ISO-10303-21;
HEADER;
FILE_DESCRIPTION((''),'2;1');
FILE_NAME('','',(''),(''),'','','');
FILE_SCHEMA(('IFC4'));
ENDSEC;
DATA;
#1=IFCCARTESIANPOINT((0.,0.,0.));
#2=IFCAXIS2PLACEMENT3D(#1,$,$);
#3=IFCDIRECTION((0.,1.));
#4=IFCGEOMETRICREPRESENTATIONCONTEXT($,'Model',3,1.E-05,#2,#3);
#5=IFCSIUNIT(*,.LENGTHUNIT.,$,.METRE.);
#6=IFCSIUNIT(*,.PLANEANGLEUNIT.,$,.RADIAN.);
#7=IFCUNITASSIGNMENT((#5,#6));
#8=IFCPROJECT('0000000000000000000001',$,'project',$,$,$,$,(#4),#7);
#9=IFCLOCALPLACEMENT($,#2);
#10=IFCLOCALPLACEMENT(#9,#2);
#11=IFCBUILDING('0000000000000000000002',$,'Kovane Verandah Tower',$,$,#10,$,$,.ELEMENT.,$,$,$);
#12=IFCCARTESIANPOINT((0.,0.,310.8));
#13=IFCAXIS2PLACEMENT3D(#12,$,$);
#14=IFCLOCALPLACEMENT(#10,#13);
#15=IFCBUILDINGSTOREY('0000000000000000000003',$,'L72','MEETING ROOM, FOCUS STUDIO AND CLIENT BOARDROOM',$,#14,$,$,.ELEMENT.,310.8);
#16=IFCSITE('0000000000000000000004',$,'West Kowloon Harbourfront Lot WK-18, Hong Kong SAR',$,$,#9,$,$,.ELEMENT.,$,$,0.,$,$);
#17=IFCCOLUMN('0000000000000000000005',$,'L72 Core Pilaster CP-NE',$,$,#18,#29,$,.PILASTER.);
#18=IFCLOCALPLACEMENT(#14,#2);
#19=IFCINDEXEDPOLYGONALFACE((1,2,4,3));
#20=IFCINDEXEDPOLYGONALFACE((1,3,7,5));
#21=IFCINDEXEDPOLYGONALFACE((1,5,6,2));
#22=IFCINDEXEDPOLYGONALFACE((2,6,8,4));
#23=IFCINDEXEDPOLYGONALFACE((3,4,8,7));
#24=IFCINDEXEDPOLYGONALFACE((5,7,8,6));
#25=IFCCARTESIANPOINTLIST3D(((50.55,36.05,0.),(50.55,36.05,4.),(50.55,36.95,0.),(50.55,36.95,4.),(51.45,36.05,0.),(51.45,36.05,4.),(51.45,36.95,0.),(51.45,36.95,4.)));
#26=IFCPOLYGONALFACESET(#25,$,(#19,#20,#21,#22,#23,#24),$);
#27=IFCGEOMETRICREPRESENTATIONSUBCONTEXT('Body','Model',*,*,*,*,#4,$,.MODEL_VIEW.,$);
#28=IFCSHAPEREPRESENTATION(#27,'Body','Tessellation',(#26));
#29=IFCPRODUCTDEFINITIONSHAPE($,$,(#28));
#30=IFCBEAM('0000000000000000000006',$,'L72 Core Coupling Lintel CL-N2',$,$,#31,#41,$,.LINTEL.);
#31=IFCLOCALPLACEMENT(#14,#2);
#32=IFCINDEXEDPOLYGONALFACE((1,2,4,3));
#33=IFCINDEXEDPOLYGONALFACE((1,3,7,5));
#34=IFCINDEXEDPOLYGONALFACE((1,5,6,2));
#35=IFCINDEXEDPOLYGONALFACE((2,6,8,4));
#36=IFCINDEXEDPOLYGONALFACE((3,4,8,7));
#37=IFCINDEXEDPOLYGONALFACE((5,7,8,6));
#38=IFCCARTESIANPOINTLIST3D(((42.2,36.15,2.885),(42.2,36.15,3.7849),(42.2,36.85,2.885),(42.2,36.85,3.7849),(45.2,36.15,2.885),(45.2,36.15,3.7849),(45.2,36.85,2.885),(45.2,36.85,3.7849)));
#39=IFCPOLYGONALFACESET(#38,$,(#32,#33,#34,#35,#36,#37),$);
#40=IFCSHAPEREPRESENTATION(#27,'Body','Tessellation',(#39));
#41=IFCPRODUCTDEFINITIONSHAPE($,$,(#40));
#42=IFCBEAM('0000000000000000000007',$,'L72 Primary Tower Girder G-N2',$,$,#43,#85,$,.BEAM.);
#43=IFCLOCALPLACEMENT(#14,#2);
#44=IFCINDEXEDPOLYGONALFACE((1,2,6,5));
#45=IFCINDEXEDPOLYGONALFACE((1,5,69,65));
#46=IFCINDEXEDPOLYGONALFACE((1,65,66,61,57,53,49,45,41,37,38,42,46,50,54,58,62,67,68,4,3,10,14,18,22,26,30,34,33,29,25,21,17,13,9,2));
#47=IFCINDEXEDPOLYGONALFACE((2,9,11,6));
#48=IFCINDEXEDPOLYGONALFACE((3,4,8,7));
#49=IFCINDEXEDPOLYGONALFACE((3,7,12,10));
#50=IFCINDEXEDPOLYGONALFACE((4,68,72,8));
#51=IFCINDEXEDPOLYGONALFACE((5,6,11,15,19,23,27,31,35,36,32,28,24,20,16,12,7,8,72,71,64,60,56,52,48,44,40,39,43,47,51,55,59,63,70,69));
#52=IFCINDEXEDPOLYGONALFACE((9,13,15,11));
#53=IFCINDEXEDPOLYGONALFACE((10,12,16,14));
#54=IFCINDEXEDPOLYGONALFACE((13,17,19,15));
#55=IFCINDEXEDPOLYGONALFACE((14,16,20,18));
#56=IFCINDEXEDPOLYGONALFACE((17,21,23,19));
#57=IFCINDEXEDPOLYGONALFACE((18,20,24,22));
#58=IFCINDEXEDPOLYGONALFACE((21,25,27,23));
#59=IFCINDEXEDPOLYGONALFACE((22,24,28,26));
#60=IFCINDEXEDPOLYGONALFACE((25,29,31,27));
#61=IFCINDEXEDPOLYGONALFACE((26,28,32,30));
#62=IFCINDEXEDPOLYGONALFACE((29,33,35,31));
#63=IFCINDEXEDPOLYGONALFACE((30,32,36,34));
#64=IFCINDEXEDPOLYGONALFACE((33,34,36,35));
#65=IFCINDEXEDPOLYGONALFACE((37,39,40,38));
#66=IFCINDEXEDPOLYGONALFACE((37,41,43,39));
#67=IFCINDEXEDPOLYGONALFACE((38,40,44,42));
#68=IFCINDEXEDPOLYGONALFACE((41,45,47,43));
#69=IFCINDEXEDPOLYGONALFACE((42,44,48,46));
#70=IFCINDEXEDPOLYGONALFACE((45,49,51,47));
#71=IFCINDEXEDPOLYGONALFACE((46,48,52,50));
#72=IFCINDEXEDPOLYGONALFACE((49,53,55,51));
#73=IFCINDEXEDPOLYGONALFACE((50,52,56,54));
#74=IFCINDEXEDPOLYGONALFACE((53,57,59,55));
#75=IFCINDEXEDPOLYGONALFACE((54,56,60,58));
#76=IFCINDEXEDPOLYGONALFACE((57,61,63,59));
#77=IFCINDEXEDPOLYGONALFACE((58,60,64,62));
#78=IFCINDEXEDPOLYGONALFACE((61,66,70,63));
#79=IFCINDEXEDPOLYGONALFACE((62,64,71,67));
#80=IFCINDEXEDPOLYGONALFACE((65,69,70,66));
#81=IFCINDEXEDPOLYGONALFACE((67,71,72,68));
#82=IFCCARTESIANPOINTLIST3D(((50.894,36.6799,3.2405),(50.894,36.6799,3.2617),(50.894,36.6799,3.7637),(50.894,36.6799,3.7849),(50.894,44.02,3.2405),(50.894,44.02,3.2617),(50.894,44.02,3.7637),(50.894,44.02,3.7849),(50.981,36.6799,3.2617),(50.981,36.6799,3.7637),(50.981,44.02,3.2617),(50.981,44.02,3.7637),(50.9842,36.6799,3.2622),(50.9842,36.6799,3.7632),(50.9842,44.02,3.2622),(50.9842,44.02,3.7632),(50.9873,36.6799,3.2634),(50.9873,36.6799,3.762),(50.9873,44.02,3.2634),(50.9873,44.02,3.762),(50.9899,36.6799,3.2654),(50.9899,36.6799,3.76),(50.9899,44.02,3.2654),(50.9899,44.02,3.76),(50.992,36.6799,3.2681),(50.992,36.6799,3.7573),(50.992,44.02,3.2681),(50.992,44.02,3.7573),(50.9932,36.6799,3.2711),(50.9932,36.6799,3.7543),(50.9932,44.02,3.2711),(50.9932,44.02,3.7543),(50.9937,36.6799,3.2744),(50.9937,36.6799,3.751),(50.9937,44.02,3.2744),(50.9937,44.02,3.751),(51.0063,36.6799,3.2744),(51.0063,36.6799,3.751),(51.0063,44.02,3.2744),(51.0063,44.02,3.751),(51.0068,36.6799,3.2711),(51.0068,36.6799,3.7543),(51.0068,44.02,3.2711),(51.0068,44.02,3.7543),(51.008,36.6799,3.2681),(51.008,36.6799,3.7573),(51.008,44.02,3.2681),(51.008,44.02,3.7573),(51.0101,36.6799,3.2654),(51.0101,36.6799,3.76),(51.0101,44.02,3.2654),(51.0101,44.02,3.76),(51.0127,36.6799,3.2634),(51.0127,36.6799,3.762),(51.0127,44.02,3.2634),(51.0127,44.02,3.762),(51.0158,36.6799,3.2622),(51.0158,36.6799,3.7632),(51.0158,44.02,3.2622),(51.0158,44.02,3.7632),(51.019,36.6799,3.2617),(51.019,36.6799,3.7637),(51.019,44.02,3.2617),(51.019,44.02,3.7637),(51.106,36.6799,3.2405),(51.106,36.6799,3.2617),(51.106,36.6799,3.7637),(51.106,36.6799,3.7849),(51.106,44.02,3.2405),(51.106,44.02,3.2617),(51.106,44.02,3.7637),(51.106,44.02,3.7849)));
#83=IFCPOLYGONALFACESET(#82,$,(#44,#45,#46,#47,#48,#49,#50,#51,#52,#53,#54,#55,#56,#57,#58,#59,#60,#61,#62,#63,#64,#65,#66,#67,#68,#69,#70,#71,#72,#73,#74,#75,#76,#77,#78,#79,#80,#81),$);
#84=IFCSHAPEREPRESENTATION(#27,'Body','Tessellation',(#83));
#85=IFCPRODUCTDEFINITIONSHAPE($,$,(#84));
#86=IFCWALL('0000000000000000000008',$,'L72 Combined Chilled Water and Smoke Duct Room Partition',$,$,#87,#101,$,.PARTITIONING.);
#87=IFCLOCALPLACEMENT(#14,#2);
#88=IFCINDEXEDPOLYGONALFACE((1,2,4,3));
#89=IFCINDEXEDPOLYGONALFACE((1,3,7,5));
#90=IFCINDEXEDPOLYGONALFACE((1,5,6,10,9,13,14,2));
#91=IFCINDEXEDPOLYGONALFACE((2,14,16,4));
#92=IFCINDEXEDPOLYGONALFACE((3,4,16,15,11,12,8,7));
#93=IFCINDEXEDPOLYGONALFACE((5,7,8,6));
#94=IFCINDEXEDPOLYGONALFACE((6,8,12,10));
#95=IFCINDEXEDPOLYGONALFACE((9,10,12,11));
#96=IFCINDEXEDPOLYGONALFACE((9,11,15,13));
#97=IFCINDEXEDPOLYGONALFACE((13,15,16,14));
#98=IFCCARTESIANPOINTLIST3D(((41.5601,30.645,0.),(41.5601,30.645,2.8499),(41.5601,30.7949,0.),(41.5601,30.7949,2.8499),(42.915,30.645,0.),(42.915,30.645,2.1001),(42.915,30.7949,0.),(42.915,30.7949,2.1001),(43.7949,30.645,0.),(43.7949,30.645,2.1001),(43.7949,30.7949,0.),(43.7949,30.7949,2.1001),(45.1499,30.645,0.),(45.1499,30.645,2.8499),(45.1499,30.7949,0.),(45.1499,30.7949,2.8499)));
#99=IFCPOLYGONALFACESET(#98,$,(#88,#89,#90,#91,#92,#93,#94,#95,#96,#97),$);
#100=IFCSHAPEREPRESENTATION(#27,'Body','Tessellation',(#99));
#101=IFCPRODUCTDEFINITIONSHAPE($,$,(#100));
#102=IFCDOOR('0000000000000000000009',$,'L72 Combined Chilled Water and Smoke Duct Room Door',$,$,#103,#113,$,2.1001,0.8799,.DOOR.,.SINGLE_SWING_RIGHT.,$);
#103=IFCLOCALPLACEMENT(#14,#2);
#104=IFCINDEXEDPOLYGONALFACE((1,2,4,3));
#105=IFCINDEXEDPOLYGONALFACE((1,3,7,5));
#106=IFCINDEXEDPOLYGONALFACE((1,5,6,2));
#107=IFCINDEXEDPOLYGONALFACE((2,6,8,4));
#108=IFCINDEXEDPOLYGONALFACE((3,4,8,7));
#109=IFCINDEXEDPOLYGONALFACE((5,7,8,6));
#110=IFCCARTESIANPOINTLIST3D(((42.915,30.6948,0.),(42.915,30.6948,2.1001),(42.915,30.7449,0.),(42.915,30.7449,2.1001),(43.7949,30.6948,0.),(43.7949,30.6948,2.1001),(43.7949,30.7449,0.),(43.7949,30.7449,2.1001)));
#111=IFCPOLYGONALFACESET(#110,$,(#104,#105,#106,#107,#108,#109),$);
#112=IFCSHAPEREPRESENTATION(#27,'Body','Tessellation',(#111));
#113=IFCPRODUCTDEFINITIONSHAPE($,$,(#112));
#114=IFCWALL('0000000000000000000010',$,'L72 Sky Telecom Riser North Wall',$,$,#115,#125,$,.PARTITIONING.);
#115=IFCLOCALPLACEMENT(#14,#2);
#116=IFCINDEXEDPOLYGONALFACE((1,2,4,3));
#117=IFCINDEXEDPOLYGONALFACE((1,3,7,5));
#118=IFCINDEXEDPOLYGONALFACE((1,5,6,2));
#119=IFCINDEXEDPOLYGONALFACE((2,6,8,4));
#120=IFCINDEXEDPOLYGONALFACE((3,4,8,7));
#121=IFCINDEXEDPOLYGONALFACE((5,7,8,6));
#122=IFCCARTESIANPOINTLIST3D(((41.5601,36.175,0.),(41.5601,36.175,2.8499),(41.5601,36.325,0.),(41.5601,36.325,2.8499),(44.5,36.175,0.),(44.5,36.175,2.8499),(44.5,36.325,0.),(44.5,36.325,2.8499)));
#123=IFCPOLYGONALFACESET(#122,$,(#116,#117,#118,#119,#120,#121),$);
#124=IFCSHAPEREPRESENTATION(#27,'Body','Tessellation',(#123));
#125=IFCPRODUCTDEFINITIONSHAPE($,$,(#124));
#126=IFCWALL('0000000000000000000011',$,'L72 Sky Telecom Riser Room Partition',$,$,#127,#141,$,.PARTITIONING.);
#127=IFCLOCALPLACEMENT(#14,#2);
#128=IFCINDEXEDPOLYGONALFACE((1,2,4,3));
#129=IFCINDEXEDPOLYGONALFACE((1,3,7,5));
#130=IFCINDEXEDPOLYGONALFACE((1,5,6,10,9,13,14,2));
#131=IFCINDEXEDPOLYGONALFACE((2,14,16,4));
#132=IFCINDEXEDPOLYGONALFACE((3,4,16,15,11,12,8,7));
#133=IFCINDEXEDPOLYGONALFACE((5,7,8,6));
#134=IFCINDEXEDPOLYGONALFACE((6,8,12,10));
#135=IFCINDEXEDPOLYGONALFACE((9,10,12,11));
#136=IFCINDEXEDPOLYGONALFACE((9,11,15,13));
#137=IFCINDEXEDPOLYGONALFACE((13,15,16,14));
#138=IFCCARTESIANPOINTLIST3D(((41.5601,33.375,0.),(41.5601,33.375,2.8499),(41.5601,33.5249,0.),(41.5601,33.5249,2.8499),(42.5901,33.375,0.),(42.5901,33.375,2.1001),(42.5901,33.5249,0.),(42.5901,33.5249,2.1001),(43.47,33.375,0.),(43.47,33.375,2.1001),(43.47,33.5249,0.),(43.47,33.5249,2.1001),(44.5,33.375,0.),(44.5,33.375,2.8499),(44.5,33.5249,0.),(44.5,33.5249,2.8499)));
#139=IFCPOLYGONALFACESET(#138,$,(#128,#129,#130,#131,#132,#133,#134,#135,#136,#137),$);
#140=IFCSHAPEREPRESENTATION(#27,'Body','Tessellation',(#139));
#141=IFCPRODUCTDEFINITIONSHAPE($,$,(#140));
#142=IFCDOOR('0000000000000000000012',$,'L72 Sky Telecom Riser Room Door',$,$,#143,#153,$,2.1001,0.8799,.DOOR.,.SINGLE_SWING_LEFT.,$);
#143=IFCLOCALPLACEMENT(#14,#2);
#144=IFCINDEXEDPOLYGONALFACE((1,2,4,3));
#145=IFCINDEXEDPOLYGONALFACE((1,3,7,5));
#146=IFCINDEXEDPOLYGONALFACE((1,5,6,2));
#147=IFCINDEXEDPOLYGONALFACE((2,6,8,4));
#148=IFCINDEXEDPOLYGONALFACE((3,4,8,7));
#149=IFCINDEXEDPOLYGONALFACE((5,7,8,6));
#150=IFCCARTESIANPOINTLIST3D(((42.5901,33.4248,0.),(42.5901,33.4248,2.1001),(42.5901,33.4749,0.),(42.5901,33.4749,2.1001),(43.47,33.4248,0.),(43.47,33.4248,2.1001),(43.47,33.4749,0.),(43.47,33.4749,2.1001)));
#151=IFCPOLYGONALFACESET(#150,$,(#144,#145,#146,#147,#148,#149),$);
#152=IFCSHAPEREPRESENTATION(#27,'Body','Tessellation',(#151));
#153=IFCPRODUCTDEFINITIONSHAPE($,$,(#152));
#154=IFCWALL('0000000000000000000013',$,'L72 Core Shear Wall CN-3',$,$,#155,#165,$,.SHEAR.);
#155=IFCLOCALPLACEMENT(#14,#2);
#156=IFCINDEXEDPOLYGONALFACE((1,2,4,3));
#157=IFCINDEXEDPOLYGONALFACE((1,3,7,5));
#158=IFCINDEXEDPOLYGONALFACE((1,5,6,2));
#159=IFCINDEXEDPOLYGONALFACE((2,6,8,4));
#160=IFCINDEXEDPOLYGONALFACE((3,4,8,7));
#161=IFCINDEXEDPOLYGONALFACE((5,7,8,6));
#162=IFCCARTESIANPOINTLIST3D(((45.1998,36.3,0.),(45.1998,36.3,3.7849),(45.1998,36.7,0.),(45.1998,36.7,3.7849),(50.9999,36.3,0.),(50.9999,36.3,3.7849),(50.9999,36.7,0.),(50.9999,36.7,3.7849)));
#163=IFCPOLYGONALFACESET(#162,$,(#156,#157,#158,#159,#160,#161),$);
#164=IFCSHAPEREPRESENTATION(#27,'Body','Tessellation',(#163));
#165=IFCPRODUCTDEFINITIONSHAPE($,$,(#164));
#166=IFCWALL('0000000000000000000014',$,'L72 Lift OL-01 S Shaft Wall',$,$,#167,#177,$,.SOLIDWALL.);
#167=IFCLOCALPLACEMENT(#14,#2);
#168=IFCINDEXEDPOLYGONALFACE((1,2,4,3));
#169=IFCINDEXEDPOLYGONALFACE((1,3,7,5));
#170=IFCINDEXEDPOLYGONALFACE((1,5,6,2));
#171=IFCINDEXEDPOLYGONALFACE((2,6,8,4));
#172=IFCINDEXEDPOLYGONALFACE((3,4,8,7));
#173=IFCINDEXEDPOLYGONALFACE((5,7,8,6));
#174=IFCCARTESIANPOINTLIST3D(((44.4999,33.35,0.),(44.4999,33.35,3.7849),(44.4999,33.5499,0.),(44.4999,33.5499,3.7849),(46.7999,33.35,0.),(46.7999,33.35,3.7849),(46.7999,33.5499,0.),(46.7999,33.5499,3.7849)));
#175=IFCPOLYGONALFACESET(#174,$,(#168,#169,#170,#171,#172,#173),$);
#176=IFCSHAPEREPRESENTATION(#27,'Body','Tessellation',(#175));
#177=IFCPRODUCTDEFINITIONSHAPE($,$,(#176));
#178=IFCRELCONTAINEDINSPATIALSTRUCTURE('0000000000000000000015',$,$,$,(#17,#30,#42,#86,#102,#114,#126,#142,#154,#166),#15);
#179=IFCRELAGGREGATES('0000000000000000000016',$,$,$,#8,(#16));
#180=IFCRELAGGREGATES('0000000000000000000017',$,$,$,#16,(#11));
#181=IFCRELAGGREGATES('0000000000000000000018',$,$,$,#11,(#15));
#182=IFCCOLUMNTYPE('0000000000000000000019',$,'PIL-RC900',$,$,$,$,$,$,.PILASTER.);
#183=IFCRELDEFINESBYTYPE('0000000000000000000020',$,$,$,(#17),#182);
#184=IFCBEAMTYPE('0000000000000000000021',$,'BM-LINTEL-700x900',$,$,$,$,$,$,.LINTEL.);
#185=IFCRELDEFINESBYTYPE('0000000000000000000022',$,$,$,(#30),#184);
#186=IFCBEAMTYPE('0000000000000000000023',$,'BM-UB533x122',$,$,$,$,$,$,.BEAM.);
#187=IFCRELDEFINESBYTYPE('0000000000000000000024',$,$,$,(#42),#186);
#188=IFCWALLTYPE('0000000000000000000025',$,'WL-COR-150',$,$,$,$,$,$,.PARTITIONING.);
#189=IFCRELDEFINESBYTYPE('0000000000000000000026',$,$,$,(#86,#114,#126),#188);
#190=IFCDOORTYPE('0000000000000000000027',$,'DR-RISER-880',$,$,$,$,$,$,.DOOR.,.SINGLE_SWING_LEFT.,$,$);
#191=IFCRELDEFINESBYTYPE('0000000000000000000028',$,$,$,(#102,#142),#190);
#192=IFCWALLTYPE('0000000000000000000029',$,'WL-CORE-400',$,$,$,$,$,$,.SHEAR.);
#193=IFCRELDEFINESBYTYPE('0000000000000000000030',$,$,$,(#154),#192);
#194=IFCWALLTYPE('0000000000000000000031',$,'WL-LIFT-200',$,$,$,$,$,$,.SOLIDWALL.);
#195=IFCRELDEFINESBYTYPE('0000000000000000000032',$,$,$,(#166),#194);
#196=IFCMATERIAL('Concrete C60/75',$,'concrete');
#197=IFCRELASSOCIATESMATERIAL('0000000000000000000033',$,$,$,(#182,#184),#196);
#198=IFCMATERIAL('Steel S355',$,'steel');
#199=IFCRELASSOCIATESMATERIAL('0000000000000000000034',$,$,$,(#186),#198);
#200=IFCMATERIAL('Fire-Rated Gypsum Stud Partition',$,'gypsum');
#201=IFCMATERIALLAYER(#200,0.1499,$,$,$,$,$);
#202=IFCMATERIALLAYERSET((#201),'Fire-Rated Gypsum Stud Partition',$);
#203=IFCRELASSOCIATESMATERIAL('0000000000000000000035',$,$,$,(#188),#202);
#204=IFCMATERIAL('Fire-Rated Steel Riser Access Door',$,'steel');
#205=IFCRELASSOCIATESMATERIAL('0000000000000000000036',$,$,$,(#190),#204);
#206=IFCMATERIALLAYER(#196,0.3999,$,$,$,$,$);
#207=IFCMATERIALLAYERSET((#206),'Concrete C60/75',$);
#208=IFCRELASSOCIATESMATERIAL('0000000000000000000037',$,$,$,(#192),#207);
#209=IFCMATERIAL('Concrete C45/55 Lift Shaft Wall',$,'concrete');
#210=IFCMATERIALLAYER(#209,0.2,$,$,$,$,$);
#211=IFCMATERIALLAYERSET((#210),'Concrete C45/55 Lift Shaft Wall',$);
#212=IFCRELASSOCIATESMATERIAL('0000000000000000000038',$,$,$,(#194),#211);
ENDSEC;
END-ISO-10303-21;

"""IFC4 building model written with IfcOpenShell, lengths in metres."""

from ifc_helpers import new_model, si_unit, direction, frame, frame_2d, origin, origin_2d, place, context, subcontext, project, spatial, rectangle, i_section, extrude, material, layer, layer_set, material_profile, profile_set, type_object, element, fill, save


model = new_model("IFC4")

# Units and contexts
model_context = context("Model", 3, precision=1e-05, world=origin(), true_north=direction((0.0, 1.0)))
body_context = subcontext(model_context, "Body", "Model", "MODEL_VIEW")
ifc_project = project(units=[si_unit("LENGTHUNIT", "METRE"), si_unit("PLANEANGLEUNIT", "RADIAN")], contexts=[model_context])

# Site, building, storey
site_placement = place(None, origin())
site = spatial("IfcSite", under=ifc_project, at=site_placement, Name="West Kowloon Harbourfront Lot WK-18, Hong Kong SAR", CompositionType="ELEMENT", RefElevation=0.0)
building_placement = place(site_placement, origin())
building = spatial("IfcBuilding", under=site, at=building_placement, Name="Kovane Verandah Tower", CompositionType="ELEMENT")
storey_placement = place(building_placement, frame((0.0, 0.0, 310.8)))
storey = spatial("IfcBuildingStorey", under=building, at=storey_placement, Name="L72", Description="MEETING ROOM, FOCUS STUDIO AND CLIENT BOARDROOM", CompositionType="ELEMENT", Elevation=310.8)

# Column
ifc_material_1 = material(Name="Concrete C60/75", Category="concrete")
ifc_material_profile_1 = material_profile(ifc_material_1, rectangle(XDim=0.8999, YDim=0.8999, at=origin_2d()), Name="RC900x900")
ifc_profile_set_1 = profile_set([ifc_material_profile_1], Name="Concrete C60/75")
column_type = type_object("IfcColumnType", Name="PIL-RC900", PredefinedType="PILASTER", material=ifc_profile_set_1)
column_placement = place(storey_placement, frame((51.0, 36.5, 0.0), z_axis=(0.0, 0.0, 1.0), x_axis=(1.0, 0.0, 0.0)))
element("IfcColumn", 1, at=column_placement, inside=storey, type_object=column_type, Name="L72 Core Pilaster CP-NE", PredefinedType="PILASTER", context=body_context, shape_type="SweptSolid", body=[
    extrude(rectangle(XDim=0.8999, YDim=0.8999, at=origin_2d()), origin(), (0.0, 0.0, 1.0), 4.0),
])

# Beams
ifc_material_profile_2 = material_profile(ifc_material_1, rectangle(XDim=0.7, YDim=0.8999, at=origin_2d()), Name="RCB700x900")
ifc_profile_set_2 = profile_set([ifc_material_profile_2], Name="Concrete C60/75")
beam_type_1 = type_object("IfcBeamType", Name="BM-LINTEL-700x900", PredefinedType="LINTEL", material=ifc_profile_set_2)
beam_1_placement = place(storey_placement, frame((42.2, 36.5, 3.335), z_axis=(1.0, 0.0, 0.0), x_axis=(0.0, 1.0, 0.0)))
element("IfcBeam", 2, at=beam_1_placement, inside=storey, type_object=beam_type_1, Name="L72 Core Coupling Lintel CL-N2", PredefinedType="LINTEL", context=body_context, shape_type="SweptSolid", body=[
    extrude(rectangle(XDim=0.7, YDim=0.8999, at=origin_2d()), origin(), (0.0, 0.0, 1.0), 3.0),
])
ifc_material_2 = material(Name="Steel S355", Category="steel")
ifc_material_profile_3 = material_profile(ifc_material_2, i_section(OverallWidth=0.2119, OverallDepth=0.5444, WebThickness=0.0127, FlangeThickness=0.0212, FilletRadius=0.0127, at=origin_2d()), Name="UB533x210x122")
ifc_profile_set_3 = profile_set([ifc_material_profile_3], Name="Steel S355")
beam_type_2 = type_object("IfcBeamType", Name="BM-UB533x122", PredefinedType="BEAM", material=ifc_profile_set_3)
beam_2_placement = place(storey_placement, frame((51.0, 36.6799, 3.5127), z_axis=(0.0, 1.0, 0.0), x_axis=(-1.0, 0.0, 0.0)))
element("IfcBeam", 3, at=beam_2_placement, inside=storey, type_object=beam_type_2, Name="L72 Primary Tower Girder G-N2", PredefinedType="BEAM", context=body_context, shape_type="SweptSolid", body=[
    extrude(i_section(OverallWidth=0.2119, OverallDepth=0.5444, WebThickness=0.0127, FlangeThickness=0.0212, FilletRadius=0.0127, at=origin_2d()), origin(), (0.0, 0.0, 1.0), 7.3401),
])

# Wall, opening, door
ifc_material_3 = material(Name="Fire-Rated Gypsum Stud Partition", Category="gypsum")
ifc_layer_1 = layer(ifc_material_3, 0.1499)
ifc_layer_set_1 = layer_set([ifc_layer_1], Name="Fire-Rated Gypsum Stud Partition")
wall_type_1 = type_object("IfcWallType", Name="WL-COR-150", PredefinedType="PARTITIONING", material=ifc_layer_set_1)
wall_1_placement = place(storey_placement, frame((41.5601, 30.72, 0.0), z_axis=(0.0, 0.0, 1.0), x_axis=(1.0, 0.0, 0.0)))
wall_1 = element("IfcWall", 4, at=wall_1_placement, inside=storey, type_object=wall_type_1, Name="L72 Combined Chilled Water and Smoke Duct Room Partition", PredefinedType="PARTITIONING", context=body_context, shape_type="SweptSolid", body=[
    extrude(rectangle(XDim=3.5898, YDim=0.1499, at=frame_2d((1.7949, 0.0))), origin(), (0.0, 0.0, 1.0), 2.8499),
])
opening_1_placement = place(wall_1_placement, frame((1.355, 0.0, 0.0)))
opening_1 = element("IfcOpeningElement", 5, at=opening_1_placement, cuts=wall_1, PredefinedType="OPENING", context=body_context, shape_type="SweptSolid", body=[
    extrude(rectangle(XDim=0.8799, YDim=2.1001, at=frame_2d((0.4399, 1.05))), frame((0.0, 0.075, 0.0), z_axis=(0.0, -1.0, 0.0), x_axis=(1.0, 0.0, 0.0)), (0.0, 0.0, 1.0), 0.1499),
])
ifc_material_4 = material(Name="Fire-Rated Steel Riser Access Door", Category="steel")
door_type = type_object("IfcDoorType", Name="DR-RISER-880", OperationType="SINGLE_SWING_LEFT", PredefinedType="DOOR", material=ifc_material_4)
door_1_placement = place(opening_1_placement, origin())
door_1 = element("IfcDoor", 6, at=door_1_placement, inside=storey, type_object=door_type, Name="L72 Combined Chilled Water and Smoke Duct Room Door", OperationType="SINGLE_SWING_RIGHT", OverallHeight=2.1001, OverallWidth=0.8799, PredefinedType="DOOR", context=body_context, shape_type="SweptSolid", body=[
    extrude(rectangle(XDim=0.8799, YDim=2.1001, at=frame_2d((0.4399, 1.05))), frame((0.0, 0.0249, 0.0), z_axis=(0.0, -1.0, 0.0), x_axis=(1.0, 0.0, 0.0)), (0.0, 0.0, 1.0), 0.05),
])
fill(opening_1, door_1)

# Wall
wall_2_placement = place(storey_placement, frame((41.5601, 36.25, 0.0), z_axis=(0.0, 0.0, 1.0), x_axis=(1.0, 0.0, 0.0)))
element("IfcWall", 7, at=wall_2_placement, inside=storey, type_object=wall_type_1, Name="L72 Sky Telecom Riser North Wall", PredefinedType="PARTITIONING", context=body_context, shape_type="SweptSolid", body=[
    extrude(rectangle(XDim=2.9399, YDim=0.1499, at=frame_2d((1.47, 0.0))), origin(), (0.0, 0.0, 1.0), 2.8499),
])

# Wall, opening, door
wall_3_placement = place(storey_placement, frame((41.5601, 33.45, 0.0), z_axis=(0.0, 0.0, 1.0), x_axis=(1.0, 0.0, 0.0)))
wall_3 = element("IfcWall", 8, at=wall_3_placement, inside=storey, type_object=wall_type_1, Name="L72 Sky Telecom Riser Room Partition", PredefinedType="PARTITIONING", context=body_context, shape_type="SweptSolid", body=[
    extrude(rectangle(XDim=2.9399, YDim=0.1499, at=frame_2d((1.47, 0.0))), origin(), (0.0, 0.0, 1.0), 2.8499),
])
opening_2_placement = place(wall_3_placement, frame((1.03, 0.0, 0.0)))
opening_2 = element("IfcOpeningElement", 9, at=opening_2_placement, cuts=wall_3, PredefinedType="OPENING", context=body_context, shape_type="SweptSolid", body=[
    extrude(rectangle(XDim=0.8799, YDim=2.1001, at=frame_2d((0.4399, 1.05))), frame((0.0, 0.075, 0.0), z_axis=(0.0, -1.0, 0.0), x_axis=(1.0, 0.0, 0.0)), (0.0, 0.0, 1.0), 0.1499),
])
door_2_placement = place(opening_2_placement, origin())
door_2 = element("IfcDoor", 10, at=door_2_placement, inside=storey, type_object=door_type, Name="L72 Sky Telecom Riser Room Door", OperationType="SINGLE_SWING_LEFT", OverallHeight=2.1001, OverallWidth=0.8799, PredefinedType="DOOR", context=body_context, shape_type="SweptSolid", body=[
    extrude(rectangle(XDim=0.8799, YDim=2.1001, at=frame_2d((0.4399, 1.05))), frame((0.0, 0.0249, 0.0), z_axis=(0.0, -1.0, 0.0), x_axis=(1.0, 0.0, 0.0)), (0.0, 0.0, 1.0), 0.05),
])
fill(opening_2, door_2)

# Walls
ifc_layer_2 = layer(ifc_material_1, 0.3999)
ifc_layer_set_2 = layer_set([ifc_layer_2], Name="Concrete C60/75")
wall_type_2 = type_object("IfcWallType", Name="WL-CORE-400", PredefinedType="SHEAR", material=ifc_layer_set_2)
wall_4_placement = place(storey_placement, frame((45.2, 36.5, 0.0), z_axis=(0.0, 0.0, 1.0), x_axis=(1.0, 0.0, 0.0)))
element("IfcWall", 11, at=wall_4_placement, inside=storey, type_object=wall_type_2, Name="L72 Core Shear Wall CN-3", PredefinedType="SHEAR", context=body_context, shape_type="SweptSolid", body=[
    extrude(rectangle(XDim=5.8, YDim=0.3999, at=frame_2d((2.8999, 0.0))), origin(), (0.0, 0.0, 1.0), 3.7849),
])
ifc_material_5 = material(Name="Concrete C45/55 Lift Shaft Wall", Category="concrete")
ifc_layer_3 = layer(ifc_material_5, 0.2)
ifc_layer_set_3 = layer_set([ifc_layer_3], Name="Concrete C45/55 Lift Shaft Wall")
wall_type_3 = type_object("IfcWallType", Name="WL-LIFT-200", PredefinedType="SOLIDWALL", material=ifc_layer_set_3)
wall_5_placement = place(storey_placement, frame((44.5, 33.45, 0.0), z_axis=(0.0, 0.0, 1.0), x_axis=(1.0, 0.0, 0.0)))
element("IfcWall", 12, at=wall_5_placement, inside=storey, type_object=wall_type_3, Name="L72 Lift OL-01 S Shaft Wall", PredefinedType="SOLIDWALL", context=body_context, shape_type="SweptSolid", body=[
    extrude(rectangle(XDim=2.3, YDim=0.2, at=frame_2d((1.1499, 0.0))), origin(), (0.0, 0.0, 1.0), 3.7849),
])

save(model, "model.ifc")
